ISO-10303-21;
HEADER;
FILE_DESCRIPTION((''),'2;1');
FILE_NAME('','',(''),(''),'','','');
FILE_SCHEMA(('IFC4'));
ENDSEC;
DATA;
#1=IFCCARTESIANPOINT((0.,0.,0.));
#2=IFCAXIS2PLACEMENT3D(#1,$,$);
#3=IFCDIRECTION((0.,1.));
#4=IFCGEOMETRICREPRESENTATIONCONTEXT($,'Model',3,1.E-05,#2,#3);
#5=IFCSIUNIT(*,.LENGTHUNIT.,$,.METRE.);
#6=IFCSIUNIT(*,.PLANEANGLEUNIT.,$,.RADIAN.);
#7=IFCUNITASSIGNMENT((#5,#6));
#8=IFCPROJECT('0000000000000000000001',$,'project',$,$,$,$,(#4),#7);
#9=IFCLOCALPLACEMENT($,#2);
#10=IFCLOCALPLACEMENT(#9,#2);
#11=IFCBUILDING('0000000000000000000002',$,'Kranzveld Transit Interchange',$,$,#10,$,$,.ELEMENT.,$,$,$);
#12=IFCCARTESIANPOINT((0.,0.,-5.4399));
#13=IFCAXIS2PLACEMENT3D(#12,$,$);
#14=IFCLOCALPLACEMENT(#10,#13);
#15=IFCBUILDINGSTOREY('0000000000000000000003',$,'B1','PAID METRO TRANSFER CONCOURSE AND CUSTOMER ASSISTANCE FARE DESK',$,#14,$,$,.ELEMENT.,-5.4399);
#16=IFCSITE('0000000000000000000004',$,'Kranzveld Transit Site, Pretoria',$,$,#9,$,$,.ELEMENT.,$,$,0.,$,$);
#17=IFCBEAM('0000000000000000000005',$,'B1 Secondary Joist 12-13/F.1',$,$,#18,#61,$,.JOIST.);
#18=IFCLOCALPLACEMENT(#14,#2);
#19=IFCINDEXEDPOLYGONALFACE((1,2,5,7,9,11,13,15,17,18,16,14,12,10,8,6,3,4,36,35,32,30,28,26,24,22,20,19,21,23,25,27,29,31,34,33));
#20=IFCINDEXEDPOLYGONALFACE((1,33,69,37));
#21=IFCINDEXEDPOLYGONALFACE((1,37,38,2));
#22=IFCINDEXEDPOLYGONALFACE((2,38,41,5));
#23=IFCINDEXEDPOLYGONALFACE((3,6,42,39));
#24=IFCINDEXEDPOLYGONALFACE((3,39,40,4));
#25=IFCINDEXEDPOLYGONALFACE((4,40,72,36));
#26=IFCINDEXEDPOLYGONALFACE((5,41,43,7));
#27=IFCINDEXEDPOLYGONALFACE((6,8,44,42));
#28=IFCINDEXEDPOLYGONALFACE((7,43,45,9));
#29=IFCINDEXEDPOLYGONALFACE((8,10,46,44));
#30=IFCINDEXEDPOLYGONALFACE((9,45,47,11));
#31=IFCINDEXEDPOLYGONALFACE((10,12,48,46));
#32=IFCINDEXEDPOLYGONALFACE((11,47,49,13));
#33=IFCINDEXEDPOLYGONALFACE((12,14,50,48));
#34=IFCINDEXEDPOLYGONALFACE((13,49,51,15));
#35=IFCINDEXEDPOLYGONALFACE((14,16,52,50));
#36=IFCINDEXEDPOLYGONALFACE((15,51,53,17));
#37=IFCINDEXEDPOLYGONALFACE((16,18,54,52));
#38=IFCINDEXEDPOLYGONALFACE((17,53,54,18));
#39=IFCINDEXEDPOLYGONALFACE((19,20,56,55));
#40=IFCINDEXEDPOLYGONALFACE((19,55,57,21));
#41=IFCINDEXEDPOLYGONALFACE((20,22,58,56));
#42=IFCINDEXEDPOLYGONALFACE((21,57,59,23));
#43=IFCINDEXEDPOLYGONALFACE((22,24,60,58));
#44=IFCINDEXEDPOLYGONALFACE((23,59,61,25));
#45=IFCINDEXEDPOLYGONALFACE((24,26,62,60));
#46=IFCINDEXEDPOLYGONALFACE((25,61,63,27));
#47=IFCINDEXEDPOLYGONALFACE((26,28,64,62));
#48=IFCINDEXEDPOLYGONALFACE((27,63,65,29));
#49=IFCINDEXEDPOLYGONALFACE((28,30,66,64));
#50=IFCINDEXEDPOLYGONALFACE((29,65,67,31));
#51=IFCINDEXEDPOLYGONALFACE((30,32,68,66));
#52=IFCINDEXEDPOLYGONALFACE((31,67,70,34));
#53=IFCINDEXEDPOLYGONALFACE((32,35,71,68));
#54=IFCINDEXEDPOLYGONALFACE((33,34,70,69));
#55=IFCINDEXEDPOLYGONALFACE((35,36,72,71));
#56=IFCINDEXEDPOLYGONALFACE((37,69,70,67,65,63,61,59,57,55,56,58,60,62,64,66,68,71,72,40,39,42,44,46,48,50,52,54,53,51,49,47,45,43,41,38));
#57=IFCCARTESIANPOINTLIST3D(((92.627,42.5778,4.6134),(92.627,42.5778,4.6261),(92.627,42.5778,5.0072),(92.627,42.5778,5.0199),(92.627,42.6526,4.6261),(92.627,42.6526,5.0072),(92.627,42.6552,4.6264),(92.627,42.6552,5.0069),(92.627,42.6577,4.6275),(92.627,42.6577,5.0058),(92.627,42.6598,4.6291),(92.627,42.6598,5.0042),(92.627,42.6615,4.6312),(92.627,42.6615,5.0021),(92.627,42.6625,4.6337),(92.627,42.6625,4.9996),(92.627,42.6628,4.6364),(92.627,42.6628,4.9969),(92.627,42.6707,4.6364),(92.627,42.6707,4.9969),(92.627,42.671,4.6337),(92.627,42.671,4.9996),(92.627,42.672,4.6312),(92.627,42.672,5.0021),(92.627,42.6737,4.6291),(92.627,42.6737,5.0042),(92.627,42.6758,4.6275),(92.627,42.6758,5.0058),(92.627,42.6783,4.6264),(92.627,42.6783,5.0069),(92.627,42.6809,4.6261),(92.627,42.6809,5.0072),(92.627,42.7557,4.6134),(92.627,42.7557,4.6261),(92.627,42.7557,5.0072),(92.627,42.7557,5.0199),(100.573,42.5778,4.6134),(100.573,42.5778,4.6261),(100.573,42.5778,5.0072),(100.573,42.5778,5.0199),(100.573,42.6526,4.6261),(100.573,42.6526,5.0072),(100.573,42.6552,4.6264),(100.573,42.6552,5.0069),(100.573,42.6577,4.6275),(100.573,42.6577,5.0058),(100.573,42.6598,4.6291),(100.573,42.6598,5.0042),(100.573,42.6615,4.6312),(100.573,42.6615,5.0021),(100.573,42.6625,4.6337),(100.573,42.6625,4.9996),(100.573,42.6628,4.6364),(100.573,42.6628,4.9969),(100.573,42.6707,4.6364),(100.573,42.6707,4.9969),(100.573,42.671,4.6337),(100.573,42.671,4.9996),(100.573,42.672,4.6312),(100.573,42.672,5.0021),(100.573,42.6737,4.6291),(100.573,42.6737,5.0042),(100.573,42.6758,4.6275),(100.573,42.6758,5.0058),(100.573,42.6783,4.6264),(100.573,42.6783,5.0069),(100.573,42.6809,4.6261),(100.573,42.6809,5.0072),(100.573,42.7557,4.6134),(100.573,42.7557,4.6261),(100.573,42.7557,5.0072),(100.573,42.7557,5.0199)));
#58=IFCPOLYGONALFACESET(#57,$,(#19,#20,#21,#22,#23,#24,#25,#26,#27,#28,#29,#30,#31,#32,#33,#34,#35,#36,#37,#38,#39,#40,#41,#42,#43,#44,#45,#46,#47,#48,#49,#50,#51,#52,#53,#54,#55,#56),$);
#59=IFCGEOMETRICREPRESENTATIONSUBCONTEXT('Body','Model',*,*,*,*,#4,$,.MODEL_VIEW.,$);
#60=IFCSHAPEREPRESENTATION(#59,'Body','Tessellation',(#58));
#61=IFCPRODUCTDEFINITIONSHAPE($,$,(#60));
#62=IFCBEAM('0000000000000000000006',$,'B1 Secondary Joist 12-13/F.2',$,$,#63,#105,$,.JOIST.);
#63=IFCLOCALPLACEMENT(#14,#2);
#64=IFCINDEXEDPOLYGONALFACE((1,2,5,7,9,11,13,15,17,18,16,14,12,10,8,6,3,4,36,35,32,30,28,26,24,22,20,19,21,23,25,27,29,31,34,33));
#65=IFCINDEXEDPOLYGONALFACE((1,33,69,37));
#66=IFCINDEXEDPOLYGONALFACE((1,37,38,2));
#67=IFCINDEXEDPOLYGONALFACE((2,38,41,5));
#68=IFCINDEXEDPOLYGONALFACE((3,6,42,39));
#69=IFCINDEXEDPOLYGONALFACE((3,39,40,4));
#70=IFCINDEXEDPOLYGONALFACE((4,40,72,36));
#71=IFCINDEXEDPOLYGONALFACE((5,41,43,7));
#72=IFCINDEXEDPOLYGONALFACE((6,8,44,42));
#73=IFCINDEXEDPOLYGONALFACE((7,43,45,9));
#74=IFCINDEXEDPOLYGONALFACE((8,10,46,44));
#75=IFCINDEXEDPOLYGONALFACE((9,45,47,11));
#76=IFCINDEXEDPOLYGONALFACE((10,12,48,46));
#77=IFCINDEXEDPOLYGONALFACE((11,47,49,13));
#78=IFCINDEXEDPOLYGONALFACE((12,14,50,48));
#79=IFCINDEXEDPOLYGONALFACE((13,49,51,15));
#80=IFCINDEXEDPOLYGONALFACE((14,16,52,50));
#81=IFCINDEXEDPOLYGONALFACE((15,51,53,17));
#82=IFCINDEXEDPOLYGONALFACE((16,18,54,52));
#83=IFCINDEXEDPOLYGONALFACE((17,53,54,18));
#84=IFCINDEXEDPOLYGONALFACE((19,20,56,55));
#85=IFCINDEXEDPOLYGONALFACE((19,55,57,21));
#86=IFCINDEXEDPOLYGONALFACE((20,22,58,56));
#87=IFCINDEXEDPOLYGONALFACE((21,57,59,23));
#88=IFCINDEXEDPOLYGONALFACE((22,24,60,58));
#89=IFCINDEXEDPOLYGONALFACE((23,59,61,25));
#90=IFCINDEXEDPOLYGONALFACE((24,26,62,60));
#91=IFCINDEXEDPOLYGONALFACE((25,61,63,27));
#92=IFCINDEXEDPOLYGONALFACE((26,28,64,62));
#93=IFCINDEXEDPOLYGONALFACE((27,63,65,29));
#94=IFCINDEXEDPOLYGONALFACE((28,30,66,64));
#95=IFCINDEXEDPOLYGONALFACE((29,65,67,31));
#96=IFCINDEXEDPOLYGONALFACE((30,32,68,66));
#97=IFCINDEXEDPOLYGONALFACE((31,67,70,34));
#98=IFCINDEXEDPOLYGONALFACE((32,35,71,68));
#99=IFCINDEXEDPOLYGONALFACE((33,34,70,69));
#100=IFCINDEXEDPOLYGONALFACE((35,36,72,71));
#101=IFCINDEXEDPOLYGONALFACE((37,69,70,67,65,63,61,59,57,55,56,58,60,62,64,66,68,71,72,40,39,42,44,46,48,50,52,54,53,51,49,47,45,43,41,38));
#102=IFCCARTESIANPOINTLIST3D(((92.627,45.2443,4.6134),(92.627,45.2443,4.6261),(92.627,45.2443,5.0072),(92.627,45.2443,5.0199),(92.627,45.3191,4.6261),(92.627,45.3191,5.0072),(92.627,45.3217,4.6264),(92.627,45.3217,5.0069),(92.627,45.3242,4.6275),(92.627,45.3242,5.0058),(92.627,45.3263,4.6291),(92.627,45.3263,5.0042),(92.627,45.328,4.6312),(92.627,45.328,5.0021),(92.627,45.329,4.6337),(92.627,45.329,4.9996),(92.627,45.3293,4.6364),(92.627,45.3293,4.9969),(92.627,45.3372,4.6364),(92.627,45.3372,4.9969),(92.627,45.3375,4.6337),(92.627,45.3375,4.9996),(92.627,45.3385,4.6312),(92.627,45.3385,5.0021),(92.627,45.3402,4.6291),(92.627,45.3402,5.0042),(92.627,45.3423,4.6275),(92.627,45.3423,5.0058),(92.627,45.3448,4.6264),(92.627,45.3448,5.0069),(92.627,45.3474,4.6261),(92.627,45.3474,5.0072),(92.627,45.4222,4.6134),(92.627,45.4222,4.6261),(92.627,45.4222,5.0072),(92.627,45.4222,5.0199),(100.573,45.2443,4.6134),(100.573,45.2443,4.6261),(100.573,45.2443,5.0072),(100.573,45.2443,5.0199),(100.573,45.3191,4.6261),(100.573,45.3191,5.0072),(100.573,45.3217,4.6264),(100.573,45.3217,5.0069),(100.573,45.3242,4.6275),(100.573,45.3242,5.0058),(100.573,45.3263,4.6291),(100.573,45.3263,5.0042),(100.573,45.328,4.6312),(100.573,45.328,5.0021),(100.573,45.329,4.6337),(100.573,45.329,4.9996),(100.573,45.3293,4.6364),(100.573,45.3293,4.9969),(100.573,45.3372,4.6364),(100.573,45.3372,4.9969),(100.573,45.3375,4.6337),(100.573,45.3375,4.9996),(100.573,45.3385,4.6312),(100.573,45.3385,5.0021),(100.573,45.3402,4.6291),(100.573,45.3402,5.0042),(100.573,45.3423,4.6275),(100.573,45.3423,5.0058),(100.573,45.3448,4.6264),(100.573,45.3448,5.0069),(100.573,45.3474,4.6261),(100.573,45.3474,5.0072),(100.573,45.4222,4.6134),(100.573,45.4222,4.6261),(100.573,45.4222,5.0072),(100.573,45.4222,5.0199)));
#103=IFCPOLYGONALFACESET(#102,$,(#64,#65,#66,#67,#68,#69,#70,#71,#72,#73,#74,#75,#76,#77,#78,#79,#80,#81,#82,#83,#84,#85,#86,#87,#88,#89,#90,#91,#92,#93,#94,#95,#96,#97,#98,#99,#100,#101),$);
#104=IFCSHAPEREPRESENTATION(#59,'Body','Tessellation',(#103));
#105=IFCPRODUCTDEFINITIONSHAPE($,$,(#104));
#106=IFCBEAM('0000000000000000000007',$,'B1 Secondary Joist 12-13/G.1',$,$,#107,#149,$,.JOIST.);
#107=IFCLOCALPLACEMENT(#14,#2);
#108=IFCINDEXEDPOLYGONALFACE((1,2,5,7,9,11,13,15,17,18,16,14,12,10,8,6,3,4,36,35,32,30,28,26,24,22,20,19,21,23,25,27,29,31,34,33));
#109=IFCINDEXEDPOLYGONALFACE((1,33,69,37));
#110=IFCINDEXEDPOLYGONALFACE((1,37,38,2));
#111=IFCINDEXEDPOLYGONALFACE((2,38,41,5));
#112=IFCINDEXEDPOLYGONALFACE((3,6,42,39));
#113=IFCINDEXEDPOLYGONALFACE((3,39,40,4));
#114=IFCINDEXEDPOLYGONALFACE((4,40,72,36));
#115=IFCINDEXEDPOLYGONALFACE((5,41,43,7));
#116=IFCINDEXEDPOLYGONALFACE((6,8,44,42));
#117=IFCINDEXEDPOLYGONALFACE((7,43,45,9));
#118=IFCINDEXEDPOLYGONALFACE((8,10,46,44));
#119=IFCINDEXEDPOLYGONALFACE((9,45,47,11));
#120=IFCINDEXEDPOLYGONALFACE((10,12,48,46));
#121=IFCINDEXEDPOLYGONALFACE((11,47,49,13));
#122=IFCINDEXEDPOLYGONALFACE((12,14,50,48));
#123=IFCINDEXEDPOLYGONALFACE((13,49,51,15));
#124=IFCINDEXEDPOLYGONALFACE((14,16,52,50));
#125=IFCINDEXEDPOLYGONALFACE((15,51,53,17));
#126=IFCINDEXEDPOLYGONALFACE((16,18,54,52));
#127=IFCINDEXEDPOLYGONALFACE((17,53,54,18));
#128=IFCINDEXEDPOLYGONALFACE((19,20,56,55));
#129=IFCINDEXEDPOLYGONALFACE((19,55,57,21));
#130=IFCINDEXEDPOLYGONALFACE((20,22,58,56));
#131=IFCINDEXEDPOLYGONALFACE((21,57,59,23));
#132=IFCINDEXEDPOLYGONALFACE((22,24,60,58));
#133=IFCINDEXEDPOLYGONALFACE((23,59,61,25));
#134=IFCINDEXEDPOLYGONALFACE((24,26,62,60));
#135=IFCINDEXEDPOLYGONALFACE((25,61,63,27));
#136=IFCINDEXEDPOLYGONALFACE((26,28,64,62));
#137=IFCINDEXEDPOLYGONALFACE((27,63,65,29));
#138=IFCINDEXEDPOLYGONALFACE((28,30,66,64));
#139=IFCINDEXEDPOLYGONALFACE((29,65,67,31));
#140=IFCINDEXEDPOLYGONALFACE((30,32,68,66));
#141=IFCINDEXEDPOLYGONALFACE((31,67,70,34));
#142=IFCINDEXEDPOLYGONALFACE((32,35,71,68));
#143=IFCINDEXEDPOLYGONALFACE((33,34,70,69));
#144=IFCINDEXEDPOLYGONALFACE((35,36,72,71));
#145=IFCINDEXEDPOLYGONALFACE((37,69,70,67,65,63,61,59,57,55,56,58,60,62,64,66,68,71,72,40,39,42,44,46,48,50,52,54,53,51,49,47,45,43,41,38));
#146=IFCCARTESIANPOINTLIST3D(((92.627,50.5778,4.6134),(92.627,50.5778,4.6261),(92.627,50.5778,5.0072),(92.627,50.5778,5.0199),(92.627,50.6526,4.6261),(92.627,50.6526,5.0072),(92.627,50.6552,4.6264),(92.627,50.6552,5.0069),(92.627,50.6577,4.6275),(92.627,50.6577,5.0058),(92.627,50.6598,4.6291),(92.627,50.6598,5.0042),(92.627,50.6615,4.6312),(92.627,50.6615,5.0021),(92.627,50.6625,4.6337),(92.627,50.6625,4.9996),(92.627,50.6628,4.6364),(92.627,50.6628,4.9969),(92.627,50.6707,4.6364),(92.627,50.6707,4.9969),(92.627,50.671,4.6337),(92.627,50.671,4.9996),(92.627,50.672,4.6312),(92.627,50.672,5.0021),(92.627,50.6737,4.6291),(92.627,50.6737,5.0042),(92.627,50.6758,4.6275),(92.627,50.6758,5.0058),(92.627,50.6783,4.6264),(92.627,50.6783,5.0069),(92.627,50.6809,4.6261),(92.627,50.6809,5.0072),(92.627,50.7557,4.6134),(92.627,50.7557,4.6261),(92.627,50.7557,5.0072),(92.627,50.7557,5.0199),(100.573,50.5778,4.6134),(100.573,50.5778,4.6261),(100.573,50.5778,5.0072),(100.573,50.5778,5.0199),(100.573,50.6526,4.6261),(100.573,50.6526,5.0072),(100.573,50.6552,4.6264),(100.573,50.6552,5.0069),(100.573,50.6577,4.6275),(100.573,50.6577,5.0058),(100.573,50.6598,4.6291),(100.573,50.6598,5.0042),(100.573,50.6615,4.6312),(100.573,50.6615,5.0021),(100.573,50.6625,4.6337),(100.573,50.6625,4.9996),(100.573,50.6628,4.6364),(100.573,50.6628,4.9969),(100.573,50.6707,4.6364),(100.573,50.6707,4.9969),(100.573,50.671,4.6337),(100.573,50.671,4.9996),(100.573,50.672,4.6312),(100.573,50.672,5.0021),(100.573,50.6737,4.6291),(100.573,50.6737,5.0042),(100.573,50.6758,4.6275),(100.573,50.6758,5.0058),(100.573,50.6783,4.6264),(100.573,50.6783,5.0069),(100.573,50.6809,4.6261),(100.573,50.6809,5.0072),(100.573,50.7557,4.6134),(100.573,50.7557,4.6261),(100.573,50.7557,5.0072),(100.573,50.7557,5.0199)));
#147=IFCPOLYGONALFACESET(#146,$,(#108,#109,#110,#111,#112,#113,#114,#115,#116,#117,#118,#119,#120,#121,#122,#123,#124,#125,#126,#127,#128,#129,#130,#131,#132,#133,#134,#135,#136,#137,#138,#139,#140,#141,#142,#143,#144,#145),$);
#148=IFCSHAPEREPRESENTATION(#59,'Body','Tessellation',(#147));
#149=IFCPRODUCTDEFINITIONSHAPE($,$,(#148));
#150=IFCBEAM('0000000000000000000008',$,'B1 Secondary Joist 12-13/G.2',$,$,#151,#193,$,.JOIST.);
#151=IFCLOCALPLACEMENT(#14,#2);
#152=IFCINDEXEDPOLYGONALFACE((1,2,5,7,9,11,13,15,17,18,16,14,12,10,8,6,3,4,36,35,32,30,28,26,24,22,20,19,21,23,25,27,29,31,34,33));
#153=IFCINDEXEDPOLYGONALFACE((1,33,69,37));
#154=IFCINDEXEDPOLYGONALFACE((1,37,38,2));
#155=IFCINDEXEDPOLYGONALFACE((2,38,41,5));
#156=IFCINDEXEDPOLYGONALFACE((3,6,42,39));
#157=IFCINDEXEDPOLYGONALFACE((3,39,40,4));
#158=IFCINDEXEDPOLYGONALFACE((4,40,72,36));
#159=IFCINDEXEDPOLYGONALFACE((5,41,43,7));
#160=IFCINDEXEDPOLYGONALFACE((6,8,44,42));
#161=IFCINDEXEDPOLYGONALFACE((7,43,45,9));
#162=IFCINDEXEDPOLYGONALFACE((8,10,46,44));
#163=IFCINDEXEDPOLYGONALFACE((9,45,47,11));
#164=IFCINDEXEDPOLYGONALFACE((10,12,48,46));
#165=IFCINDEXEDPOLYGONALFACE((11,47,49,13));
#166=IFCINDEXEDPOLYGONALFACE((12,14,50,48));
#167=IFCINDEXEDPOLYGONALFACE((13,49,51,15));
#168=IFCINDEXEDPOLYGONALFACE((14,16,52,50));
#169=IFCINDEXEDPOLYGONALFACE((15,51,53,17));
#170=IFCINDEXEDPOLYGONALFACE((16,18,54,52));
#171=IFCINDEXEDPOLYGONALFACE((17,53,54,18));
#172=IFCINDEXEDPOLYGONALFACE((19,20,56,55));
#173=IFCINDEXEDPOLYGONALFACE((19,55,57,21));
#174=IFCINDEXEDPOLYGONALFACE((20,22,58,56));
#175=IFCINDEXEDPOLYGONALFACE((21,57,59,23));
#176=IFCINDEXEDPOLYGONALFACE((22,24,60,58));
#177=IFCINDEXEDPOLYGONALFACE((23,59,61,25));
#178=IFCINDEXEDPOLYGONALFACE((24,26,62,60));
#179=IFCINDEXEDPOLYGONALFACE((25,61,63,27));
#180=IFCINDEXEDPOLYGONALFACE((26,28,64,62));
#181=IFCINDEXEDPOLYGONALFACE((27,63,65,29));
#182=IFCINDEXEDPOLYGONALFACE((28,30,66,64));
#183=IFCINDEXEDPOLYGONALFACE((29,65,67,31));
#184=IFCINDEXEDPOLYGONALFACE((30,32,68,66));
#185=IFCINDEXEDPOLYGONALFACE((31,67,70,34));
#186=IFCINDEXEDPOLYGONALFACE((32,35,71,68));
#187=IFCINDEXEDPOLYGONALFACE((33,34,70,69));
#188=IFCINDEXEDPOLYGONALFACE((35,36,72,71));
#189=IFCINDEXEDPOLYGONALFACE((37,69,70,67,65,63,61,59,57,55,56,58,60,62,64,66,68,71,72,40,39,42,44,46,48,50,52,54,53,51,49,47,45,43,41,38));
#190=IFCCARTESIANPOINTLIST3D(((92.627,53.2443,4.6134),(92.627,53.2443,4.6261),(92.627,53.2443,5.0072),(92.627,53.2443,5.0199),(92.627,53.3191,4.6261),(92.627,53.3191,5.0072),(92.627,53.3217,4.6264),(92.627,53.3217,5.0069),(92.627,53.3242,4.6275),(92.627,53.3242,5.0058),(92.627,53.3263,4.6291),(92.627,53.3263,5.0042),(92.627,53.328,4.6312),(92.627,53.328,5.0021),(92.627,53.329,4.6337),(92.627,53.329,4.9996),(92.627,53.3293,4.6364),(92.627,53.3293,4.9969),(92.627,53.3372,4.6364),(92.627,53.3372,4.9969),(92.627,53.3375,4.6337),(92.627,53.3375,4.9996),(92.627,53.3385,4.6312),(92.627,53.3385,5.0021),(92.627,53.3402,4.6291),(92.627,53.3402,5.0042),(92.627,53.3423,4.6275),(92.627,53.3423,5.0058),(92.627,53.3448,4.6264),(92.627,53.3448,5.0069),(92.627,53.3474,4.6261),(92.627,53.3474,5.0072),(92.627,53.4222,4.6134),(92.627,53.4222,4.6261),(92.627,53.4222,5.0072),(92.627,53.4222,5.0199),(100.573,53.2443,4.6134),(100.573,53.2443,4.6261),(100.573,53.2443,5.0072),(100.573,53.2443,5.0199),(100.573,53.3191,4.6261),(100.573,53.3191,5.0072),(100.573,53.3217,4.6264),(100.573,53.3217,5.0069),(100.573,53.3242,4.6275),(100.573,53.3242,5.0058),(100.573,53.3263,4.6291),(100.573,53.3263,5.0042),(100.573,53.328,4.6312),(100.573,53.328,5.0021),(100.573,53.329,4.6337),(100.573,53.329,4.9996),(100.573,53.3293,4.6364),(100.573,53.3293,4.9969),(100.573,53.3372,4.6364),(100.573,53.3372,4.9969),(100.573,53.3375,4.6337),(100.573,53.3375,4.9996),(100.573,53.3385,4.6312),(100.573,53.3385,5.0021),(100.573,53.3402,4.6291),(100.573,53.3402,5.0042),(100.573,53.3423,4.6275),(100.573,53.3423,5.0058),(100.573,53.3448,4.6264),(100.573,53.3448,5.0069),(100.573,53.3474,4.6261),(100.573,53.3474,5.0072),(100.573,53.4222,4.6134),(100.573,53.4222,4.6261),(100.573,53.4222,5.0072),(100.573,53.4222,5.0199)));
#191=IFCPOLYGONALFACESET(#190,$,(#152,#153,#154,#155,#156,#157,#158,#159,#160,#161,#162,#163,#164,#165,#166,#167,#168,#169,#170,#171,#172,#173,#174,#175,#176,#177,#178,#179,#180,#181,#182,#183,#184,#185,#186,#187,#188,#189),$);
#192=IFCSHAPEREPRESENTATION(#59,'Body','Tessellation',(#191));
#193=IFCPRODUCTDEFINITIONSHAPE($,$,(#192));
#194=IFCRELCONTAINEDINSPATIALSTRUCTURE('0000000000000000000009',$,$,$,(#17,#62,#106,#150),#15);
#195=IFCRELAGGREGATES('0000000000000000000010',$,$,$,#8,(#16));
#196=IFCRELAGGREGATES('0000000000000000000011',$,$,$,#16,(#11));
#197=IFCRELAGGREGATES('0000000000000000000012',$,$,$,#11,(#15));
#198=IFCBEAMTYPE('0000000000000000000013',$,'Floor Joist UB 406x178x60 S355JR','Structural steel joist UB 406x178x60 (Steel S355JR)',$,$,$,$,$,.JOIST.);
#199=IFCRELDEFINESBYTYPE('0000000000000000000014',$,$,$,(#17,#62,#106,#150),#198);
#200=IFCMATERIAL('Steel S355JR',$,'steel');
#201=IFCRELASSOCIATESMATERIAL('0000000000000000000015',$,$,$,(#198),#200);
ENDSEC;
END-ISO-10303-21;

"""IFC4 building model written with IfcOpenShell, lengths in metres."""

from ifc_helpers import new_model, si_unit, direction, frame, origin, origin_2d, place, context, subcontext, project, spatial, i_section, extrude, material, material_profile, profile_set, type_object, element, save


model = new_model("IFC4")

# Units and contexts
model_context = context("Model", 3, precision=1e-05, world=origin(), true_north=direction((0.0, 1.0)))
body_context = subcontext(model_context, "Body", "Model", "MODEL_VIEW")
ifc_project = project(units=[si_unit("LENGTHUNIT", "METRE"), si_unit("PLANEANGLEUNIT", "RADIAN")], contexts=[model_context])

# Site, building, storey
site_placement = place(None, origin())
site = spatial("IfcSite", under=ifc_project, at=site_placement, Name="Kranzveld Transit Site, Pretoria", CompositionType="ELEMENT", RefElevation=0.0)
building_placement = place(site_placement, origin())
building = spatial("IfcBuilding", under=site, at=building_placement, Name="Kranzveld Transit Interchange", CompositionType="ELEMENT")
storey_placement = place(building_placement, frame((0.0, 0.0, -5.4399)))
storey = spatial("IfcBuildingStorey", under=building, at=storey_placement, Name="B1", Description="PAID METRO TRANSFER CONCOURSE AND CUSTOMER ASSISTANCE FARE DESK", CompositionType="ELEMENT", Elevation=-5.4399)

# Beams
ifc_material_1 = material(Name="Steel S355JR", Category="steel")
ifc_material_profile_1 = material_profile(ifc_material_1, i_section(OverallWidth=0.178, OverallDepth=0.4065, WebThickness=0.0078, FlangeThickness=0.0127, FilletRadius=0.0103, at=origin_2d()), Name="UB 406x178x60")
ifc_profile_set_1 = profile_set([ifc_material_profile_1], Name="Steel S355JR")
beam_type_1 = type_object("IfcBeamType", Name="Floor Joist UB 406x178x60 S355JR", Description="Structural steel joist UB 406x178x60 (Steel S355JR)", PredefinedType="JOIST", material=ifc_profile_set_1)
for number, where, z_axis, x_axis, name in (
    (1, (92.627, 42.6667, 4.8167), (1.0, 0.0, 0.0), (0.0, 1.0, 0.0), "B1 Secondary Joist 12-13/F.1"),
    (2, (92.627, 45.3333, 4.8167), (1.0, 0.0, 0.0), (0.0, 1.0, 0.0), "B1 Secondary Joist 12-13/F.2"),
    (3, (92.627, 50.6667, 4.8167), (1.0, 0.0, 0.0), (0.0, 1.0, 0.0), "B1 Secondary Joist 12-13/G.1"),
    (4, (92.627, 53.3333, 4.8167), (1.0, 0.0, 0.0), (0.0, 1.0, 0.0), "B1 Secondary Joist 12-13/G.2"),
):
    element("IfcBeam", number, at=place(storey_placement, frame(where, z_axis=z_axis, x_axis=x_axis)), inside=storey, type_object=beam_type_1, Name=name, PredefinedType="JOIST", context=body_context, shape_type="SweptSolid", body=[
        extrude(i_section(OverallWidth=0.178, OverallDepth=0.4065, WebThickness=0.0078, FlangeThickness=0.0127, FilletRadius=0.0103, at=origin_2d()), origin(), (0.0, 0.0, 1.0), 7.946),
    ])

save(model, "model.ifc")
